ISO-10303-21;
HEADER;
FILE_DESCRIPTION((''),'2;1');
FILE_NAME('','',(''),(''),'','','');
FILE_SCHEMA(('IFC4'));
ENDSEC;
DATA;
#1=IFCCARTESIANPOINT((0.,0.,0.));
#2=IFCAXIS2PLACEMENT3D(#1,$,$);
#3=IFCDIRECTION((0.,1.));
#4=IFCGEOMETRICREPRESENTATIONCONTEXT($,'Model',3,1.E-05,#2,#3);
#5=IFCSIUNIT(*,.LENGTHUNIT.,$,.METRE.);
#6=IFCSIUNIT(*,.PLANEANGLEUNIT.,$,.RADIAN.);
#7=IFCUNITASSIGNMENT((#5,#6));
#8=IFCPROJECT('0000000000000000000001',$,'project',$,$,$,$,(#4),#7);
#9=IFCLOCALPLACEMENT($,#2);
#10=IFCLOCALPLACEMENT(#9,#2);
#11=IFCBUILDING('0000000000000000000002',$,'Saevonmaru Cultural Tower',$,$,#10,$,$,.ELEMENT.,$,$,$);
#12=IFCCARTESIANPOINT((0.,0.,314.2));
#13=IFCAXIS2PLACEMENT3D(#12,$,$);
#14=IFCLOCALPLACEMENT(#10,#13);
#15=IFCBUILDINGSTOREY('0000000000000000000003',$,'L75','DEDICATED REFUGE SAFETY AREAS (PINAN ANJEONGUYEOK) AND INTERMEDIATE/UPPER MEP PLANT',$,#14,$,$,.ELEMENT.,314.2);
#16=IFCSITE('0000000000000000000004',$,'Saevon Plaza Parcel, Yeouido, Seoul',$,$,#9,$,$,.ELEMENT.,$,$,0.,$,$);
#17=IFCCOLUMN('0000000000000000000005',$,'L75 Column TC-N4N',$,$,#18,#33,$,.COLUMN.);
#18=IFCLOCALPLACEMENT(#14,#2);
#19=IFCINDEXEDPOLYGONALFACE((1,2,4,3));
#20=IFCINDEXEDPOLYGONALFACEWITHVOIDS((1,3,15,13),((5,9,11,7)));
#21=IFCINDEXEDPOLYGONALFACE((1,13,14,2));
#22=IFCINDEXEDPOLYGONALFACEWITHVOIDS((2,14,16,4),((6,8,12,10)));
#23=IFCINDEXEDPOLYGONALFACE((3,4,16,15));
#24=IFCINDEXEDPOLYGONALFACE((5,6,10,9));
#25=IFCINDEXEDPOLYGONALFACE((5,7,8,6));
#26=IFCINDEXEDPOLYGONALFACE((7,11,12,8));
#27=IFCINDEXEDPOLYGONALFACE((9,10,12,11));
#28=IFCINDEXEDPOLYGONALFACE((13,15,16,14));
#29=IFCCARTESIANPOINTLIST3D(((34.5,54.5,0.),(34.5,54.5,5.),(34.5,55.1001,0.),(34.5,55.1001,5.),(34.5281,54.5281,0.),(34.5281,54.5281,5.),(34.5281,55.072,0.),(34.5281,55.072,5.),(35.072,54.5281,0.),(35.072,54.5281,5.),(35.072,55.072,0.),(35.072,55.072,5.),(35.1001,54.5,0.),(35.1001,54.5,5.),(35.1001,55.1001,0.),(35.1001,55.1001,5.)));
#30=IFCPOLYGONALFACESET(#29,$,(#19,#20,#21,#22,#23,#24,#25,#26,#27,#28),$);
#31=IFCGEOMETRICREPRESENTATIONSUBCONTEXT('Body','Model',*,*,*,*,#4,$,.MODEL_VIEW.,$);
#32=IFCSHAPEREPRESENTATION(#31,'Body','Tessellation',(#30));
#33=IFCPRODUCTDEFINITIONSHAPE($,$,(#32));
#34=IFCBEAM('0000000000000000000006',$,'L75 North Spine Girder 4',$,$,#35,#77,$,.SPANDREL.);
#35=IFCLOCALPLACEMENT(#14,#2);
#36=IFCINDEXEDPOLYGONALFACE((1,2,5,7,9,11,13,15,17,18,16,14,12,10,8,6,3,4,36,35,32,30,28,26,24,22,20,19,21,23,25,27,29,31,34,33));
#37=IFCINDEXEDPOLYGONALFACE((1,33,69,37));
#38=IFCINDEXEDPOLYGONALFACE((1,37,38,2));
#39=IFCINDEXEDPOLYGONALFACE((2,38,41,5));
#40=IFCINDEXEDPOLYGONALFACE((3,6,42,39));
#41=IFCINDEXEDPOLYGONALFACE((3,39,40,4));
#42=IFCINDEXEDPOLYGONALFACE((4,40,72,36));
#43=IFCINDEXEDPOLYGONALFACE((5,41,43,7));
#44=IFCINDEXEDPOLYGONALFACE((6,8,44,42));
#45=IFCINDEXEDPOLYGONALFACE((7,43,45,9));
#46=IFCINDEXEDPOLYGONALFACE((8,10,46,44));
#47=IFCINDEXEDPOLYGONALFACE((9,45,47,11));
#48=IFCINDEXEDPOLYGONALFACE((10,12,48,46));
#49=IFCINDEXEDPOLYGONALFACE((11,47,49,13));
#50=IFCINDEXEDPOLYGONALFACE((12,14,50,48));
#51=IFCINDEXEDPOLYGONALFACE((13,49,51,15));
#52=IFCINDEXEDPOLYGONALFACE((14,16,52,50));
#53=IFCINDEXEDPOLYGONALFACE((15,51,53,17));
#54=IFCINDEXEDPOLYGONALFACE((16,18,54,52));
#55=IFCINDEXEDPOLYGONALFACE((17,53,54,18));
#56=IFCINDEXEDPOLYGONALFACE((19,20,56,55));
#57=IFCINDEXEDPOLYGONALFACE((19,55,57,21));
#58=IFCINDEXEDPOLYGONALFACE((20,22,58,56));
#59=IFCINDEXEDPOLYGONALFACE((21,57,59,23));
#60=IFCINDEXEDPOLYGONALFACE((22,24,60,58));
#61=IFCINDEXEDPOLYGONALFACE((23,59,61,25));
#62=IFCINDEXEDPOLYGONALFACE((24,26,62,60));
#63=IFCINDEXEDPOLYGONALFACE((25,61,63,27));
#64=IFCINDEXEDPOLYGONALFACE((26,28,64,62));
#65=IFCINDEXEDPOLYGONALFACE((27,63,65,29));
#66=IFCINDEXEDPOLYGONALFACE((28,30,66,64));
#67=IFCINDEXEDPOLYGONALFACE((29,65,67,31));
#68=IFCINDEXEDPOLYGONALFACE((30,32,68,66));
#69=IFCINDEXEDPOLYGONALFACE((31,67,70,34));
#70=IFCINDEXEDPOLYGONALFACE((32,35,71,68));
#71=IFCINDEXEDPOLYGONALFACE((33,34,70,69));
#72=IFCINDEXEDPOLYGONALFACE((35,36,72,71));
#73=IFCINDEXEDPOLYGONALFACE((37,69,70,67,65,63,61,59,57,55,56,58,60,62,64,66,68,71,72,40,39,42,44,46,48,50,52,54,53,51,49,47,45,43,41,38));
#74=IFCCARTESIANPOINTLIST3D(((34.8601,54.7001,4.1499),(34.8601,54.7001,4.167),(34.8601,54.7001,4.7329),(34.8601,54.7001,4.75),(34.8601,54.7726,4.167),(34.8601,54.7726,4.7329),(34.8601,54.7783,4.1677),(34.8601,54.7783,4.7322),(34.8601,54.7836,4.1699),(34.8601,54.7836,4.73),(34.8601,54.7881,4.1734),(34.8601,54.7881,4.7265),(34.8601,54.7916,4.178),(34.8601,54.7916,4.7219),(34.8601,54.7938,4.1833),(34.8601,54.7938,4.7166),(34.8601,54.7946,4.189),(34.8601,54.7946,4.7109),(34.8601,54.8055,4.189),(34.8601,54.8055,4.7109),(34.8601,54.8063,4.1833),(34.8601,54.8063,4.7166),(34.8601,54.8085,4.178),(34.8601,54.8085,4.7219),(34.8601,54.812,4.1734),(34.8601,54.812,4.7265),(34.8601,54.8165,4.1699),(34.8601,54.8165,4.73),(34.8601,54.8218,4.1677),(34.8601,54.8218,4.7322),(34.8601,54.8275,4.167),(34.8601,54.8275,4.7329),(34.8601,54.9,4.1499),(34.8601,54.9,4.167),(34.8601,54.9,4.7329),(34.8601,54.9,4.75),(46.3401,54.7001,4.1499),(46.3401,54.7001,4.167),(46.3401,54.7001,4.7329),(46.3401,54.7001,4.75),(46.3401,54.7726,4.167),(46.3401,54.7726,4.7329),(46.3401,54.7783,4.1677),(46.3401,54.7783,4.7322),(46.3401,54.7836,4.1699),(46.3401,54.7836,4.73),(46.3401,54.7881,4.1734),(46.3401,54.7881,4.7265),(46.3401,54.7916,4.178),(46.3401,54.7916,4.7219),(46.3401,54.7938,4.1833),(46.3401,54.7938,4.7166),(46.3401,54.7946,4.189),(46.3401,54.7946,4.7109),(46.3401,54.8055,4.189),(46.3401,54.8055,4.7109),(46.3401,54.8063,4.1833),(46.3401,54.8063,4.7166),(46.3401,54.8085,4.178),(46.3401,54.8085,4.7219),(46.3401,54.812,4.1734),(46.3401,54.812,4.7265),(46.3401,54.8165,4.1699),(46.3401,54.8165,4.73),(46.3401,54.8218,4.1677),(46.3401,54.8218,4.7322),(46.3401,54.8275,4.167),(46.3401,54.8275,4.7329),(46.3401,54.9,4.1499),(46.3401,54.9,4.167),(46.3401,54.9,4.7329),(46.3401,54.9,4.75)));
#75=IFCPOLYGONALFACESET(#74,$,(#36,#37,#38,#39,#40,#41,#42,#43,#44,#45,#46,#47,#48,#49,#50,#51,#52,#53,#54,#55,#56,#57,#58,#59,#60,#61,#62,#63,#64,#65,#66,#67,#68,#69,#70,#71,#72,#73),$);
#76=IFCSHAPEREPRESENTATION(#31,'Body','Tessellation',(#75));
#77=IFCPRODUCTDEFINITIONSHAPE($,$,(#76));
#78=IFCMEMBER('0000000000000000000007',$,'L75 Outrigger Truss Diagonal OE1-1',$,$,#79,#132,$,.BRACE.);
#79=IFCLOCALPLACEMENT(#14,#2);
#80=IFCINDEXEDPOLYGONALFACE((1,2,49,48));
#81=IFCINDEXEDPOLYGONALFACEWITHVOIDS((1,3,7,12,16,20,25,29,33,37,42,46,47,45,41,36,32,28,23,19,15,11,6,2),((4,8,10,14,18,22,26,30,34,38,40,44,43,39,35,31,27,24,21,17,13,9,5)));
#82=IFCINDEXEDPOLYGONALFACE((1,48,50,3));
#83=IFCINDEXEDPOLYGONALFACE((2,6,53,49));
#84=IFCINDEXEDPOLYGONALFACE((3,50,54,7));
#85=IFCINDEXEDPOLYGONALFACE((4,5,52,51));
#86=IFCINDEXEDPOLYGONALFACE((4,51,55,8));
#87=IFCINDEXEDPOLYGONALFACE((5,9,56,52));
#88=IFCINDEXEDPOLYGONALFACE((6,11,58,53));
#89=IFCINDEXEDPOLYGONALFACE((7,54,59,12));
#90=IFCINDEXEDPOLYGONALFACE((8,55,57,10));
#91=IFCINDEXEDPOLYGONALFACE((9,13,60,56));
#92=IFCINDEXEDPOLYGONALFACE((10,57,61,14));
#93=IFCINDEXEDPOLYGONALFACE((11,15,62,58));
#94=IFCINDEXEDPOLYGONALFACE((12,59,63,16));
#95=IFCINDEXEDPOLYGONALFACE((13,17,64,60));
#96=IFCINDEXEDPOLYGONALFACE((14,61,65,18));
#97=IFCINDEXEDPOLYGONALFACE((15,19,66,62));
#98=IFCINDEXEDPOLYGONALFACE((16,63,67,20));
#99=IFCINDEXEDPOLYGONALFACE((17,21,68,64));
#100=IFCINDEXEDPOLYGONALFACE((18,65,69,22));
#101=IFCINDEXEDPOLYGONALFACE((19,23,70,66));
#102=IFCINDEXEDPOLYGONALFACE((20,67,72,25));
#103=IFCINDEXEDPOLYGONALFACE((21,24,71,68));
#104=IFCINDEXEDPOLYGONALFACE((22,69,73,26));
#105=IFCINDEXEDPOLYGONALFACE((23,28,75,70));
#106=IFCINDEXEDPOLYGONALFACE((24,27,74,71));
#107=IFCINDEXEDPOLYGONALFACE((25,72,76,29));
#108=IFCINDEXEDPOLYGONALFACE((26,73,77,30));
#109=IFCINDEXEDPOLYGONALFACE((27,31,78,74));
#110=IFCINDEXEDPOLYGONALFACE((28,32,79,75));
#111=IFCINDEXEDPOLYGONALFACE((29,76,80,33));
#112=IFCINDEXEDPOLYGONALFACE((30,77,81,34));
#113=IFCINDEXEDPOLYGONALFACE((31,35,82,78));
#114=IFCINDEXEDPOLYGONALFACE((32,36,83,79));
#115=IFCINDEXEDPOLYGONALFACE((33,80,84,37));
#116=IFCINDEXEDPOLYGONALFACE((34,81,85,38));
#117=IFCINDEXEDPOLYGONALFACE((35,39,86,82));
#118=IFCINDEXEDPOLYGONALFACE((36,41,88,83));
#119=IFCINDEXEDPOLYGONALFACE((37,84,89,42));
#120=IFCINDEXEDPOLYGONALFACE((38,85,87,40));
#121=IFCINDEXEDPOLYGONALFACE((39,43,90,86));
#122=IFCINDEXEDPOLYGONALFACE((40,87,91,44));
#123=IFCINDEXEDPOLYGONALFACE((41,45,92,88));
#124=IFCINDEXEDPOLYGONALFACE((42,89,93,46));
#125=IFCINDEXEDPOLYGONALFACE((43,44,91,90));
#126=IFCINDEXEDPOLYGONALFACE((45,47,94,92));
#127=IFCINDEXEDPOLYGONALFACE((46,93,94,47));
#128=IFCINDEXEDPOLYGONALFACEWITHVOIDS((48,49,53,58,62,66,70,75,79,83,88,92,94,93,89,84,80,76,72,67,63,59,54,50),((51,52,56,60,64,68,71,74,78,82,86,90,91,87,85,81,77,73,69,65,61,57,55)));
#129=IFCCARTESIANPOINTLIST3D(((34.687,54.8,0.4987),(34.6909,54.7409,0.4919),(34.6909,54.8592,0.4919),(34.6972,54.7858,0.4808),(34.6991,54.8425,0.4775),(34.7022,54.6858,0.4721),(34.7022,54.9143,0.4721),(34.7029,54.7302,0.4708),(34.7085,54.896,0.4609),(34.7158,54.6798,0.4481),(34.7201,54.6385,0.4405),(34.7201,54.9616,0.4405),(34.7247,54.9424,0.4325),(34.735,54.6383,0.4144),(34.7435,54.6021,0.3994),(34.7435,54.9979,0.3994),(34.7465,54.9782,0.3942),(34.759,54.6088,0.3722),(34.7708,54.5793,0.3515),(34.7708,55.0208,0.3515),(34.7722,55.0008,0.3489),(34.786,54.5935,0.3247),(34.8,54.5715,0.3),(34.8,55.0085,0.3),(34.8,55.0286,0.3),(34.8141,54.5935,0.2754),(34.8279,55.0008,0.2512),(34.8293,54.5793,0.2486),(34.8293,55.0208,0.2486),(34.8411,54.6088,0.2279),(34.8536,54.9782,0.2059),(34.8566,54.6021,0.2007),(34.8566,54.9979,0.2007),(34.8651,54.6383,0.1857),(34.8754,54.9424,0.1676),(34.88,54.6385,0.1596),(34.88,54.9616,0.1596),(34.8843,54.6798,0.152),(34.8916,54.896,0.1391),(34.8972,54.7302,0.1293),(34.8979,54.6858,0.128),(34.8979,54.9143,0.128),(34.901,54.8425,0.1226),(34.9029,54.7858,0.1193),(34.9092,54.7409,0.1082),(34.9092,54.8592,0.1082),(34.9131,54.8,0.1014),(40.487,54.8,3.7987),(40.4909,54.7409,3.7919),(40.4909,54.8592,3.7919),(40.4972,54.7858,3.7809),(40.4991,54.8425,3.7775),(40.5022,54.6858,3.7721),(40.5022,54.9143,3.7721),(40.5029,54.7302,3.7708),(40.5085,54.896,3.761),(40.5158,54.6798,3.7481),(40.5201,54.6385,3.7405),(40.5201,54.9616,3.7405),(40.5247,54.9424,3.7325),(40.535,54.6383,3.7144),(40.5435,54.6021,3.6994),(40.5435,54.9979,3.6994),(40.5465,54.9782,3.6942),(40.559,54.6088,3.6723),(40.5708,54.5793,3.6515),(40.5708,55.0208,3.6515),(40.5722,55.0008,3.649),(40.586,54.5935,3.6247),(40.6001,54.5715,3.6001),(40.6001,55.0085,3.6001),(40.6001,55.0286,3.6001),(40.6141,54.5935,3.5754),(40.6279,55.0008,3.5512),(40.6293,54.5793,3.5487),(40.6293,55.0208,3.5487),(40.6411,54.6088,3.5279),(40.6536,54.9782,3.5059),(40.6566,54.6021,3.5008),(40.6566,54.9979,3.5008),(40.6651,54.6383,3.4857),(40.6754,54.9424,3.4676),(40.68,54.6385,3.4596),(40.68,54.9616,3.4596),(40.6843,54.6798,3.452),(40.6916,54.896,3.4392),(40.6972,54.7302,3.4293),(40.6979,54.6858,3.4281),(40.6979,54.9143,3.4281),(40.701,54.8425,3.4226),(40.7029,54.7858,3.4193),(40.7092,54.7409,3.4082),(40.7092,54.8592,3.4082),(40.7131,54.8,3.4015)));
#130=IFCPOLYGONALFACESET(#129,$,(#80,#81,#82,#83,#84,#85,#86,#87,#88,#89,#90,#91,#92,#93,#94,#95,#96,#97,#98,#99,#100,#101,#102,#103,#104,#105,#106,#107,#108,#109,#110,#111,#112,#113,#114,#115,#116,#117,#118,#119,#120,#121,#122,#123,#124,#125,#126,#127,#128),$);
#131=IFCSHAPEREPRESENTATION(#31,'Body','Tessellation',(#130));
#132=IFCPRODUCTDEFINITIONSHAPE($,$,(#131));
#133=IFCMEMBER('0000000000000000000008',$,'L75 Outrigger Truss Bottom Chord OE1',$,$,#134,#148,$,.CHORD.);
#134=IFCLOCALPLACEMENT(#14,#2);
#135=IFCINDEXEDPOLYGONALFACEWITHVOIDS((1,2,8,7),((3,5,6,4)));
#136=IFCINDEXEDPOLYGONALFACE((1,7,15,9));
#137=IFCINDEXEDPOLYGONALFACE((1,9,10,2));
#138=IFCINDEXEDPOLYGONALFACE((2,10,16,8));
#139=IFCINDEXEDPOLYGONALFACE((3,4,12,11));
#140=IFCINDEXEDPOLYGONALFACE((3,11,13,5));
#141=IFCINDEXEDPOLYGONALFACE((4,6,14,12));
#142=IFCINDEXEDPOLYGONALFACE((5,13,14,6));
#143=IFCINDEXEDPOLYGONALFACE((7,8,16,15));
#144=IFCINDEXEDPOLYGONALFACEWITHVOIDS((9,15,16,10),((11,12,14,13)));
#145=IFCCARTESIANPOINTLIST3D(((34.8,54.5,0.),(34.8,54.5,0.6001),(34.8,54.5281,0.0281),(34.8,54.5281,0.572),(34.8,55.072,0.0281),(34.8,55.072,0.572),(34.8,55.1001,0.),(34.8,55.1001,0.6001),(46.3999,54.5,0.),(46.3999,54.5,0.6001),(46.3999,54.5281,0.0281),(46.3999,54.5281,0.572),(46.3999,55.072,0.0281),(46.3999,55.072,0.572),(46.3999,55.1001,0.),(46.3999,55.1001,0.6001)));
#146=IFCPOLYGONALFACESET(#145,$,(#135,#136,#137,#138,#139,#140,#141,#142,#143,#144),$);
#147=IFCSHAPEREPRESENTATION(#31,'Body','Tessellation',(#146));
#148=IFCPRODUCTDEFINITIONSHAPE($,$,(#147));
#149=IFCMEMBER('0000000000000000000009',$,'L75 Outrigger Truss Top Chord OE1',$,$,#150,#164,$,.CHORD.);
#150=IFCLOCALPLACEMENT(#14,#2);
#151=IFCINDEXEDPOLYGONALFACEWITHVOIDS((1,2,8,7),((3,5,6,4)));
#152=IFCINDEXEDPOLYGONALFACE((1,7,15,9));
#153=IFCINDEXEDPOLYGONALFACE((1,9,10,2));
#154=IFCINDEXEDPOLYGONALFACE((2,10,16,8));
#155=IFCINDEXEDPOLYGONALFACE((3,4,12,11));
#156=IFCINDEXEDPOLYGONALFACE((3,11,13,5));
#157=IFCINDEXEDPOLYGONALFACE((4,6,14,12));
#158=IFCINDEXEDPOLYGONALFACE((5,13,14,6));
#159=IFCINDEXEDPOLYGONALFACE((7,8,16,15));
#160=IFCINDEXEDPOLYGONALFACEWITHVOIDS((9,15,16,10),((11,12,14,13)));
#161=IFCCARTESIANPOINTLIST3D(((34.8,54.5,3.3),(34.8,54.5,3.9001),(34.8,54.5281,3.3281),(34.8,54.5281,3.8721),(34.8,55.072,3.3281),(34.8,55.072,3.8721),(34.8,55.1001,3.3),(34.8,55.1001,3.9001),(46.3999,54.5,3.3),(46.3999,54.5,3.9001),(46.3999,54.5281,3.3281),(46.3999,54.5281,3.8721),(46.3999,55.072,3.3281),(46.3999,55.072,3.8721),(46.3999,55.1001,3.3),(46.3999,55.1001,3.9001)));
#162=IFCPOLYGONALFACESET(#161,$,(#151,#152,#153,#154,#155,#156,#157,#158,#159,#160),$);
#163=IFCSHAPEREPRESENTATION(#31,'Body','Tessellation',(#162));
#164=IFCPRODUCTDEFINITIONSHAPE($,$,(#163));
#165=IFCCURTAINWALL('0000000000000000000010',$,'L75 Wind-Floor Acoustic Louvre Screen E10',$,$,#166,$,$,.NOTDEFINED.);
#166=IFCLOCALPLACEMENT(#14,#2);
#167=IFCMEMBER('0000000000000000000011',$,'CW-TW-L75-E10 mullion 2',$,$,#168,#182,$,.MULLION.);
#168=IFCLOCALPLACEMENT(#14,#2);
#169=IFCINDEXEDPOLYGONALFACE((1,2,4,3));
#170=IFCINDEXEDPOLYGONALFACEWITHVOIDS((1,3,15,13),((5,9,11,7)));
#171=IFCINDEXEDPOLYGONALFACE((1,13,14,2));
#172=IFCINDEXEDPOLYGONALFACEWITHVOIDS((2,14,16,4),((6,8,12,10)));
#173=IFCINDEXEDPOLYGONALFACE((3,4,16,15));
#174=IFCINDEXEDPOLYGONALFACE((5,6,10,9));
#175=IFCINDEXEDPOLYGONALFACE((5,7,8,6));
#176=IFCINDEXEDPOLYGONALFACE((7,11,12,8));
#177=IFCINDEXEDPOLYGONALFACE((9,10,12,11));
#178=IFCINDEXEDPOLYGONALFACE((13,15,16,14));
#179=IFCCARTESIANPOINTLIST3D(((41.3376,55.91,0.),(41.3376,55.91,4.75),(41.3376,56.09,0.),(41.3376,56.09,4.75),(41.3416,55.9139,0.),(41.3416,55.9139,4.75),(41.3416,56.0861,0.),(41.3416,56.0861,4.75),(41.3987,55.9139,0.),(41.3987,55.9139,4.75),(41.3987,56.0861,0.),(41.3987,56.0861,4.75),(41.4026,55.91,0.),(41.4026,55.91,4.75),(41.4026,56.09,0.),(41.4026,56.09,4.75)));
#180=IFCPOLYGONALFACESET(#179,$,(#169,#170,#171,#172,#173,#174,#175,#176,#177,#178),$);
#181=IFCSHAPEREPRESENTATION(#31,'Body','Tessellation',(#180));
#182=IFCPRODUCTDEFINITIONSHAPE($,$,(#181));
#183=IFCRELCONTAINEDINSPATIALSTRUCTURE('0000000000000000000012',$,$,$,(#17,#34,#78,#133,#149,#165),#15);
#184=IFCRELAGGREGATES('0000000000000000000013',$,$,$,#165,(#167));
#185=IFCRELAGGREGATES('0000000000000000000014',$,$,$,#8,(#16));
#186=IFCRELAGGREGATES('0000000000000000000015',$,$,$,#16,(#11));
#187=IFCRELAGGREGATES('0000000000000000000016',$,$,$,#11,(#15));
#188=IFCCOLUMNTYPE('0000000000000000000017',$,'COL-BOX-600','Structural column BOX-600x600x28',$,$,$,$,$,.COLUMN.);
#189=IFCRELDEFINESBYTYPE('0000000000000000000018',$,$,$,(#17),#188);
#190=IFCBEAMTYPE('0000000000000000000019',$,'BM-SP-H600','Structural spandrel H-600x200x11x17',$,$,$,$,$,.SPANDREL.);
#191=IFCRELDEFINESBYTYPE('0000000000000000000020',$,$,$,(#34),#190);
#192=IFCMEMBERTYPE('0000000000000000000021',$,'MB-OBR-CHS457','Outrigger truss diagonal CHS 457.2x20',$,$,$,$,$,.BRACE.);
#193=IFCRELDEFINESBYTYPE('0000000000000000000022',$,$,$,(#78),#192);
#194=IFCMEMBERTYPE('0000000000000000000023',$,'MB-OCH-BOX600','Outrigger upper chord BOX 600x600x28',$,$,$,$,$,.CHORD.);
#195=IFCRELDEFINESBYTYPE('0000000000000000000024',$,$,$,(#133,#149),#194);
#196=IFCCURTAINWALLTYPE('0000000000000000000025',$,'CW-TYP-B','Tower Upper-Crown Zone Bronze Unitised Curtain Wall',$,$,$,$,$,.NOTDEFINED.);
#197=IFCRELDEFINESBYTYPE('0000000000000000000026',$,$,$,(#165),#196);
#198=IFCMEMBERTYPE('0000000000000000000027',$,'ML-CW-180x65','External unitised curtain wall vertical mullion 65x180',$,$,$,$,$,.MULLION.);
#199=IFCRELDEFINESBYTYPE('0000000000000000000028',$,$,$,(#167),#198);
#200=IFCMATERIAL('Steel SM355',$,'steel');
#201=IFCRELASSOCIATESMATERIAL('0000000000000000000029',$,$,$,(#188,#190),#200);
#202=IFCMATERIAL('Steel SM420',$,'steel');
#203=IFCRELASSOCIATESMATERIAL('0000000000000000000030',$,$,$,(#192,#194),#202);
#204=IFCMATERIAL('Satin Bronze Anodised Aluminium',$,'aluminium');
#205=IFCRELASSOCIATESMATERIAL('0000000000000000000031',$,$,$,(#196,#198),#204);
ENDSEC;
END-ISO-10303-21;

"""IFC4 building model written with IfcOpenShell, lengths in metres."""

from ifc_helpers import new_model, si_unit, direction, frame, origin, origin_2d, place, context, subcontext, project, spatial, hollow_rectangle, hollow_circle, i_section, extrude, material, material_profile, profile_set, type_object, element, aggregate, save


model = new_model("IFC4")

# Units and contexts
model_context = context("Model", 3, precision=1e-05, world=origin(), true_north=direction((0.0, 1.0)))
body_context = subcontext(model_context, "Body", "Model", "MODEL_VIEW")
ifc_project = project(units=[si_unit("LENGTHUNIT", "METRE"), si_unit("PLANEANGLEUNIT", "RADIAN")], contexts=[model_context])

# Site, building, storey
site_placement = place(None, origin())
site = spatial("IfcSite", under=ifc_project, at=site_placement, Name="Saevon Plaza Parcel, Yeouido, Seoul", CompositionType="ELEMENT", RefElevation=0.0)
building_placement = place(site_placement, origin())
building = spatial("IfcBuilding", under=site, at=building_placement, Name="Saevonmaru Cultural Tower", CompositionType="ELEMENT")
storey_placement = place(building_placement, frame((0.0, 0.0, 314.2)))
storey = spatial("IfcBuildingStorey", under=building, at=storey_placement, Name="L75", Description="DEDICATED REFUGE SAFETY AREAS (PINAN ANJEONGUYEOK) AND INTERMEDIATE/UPPER MEP PLANT", CompositionType="ELEMENT", Elevation=314.2)

# Column
ifc_material_1 = material(Name="Steel SM355", Category="steel")
ifc_material_profile_1 = material_profile(ifc_material_1, hollow_rectangle(XDim=0.6001, YDim=0.6001, WallThickness=0.0281, at=origin_2d()), Name="BOX-600x600x28")
ifc_profile_set_1 = profile_set([ifc_material_profile_1], Name="Steel SM355")
column_type = type_object("IfcColumnType", Name="COL-BOX-600", Description="Structural column BOX-600x600x28", PredefinedType="COLUMN", material=ifc_profile_set_1)
column_placement = place(storey_placement, frame((34.8, 54.8, 0.0), z_axis=(0.0, 0.0, 1.0), x_axis=(1.0, 0.0, 0.0)))
element("IfcColumn", 1, at=column_placement, inside=storey, type_object=column_type, Name="L75 Column TC-N4N", PredefinedType="COLUMN", context=body_context, shape_type="SweptSolid", body=[
    extrude(hollow_rectangle(XDim=0.6001, YDim=0.6001, WallThickness=0.0281, at=origin_2d()), origin(), (0.0, 0.0, 1.0), 5.0),
])

# Beam
ifc_material_profile_2 = material_profile(ifc_material_1, i_section(OverallWidth=0.2, OverallDepth=0.6001, WebThickness=0.011, FlangeThickness=0.0171, FilletRadius=0.022, at=origin_2d()), Name="H-600x200x11x17")
ifc_profile_set_2 = profile_set([ifc_material_profile_2], Name="Steel SM355")
beam_type = type_object("IfcBeamType", Name="BM-SP-H600", Description="Structural spandrel H-600x200x11x17", PredefinedType="SPANDREL", material=ifc_profile_set_2)
beam_placement = place(storey_placement, frame((34.8601, 54.8, 4.45), z_axis=(1.0, 0.0, 0.0), x_axis=(0.0, 1.0, 0.0)))
element("IfcBeam", 2, at=beam_placement, inside=storey, type_object=beam_type, Name="L75 North Spine Girder 4", PredefinedType="SPANDREL", context=body_context, shape_type="SweptSolid", body=[
    extrude(i_section(OverallWidth=0.2, OverallDepth=0.6001, WebThickness=0.011, FlangeThickness=0.0171, FilletRadius=0.022, at=origin_2d()), origin(), (0.0, 0.0, 1.0), 11.48),
])

# Members
ifc_material_2 = material(Name="Steel SM420", Category="steel")
ifc_material_profile_3 = material_profile(ifc_material_2, hollow_circle(Radius=0.2285, WallThickness=0.02, at=origin_2d()), Name="CHS-457.2x20")
ifc_profile_set_3 = profile_set([ifc_material_profile_3], Name="Steel SM420")
member_type_1 = type_object("IfcMemberType", Name="MB-OBR-CHS457", Description="Outrigger truss diagonal CHS 457.2x20", PredefinedType="BRACE", material=ifc_profile_set_3)
member_1_placement = place(storey_placement, frame((34.8, 54.8, 0.3), z_axis=(0.869162, 0.0, 0.494527), x_axis=(0.0, 1.0, 0.0)))
element("IfcMember", 3, at=member_1_placement, inside=storey, type_object=member_type_1, Name="L75 Outrigger Truss Diagonal OE1-1", PredefinedType="BRACE", context=body_context, shape_type="SweptSolid", body=[
    extrude(hollow_circle(Radius=0.2285, WallThickness=0.02, at=origin_2d()), origin(), (0.0, 0.0, 1.0), 6.6731),
])
ifc_material_profile_4 = material_profile(ifc_material_2, hollow_rectangle(XDim=0.6001, YDim=0.6001, WallThickness=0.0281, at=origin_2d()), Name="BOX-600x600x28")
ifc_profile_set_4 = profile_set([ifc_material_profile_4], Name="Steel SM420")
member_type_2 = type_object("IfcMemberType", Name="MB-OCH-BOX600", Description="Outrigger upper chord BOX 600x600x28", PredefinedType="CHORD", material=ifc_profile_set_4)
for number, where, z_axis, x_axis, name in (
    (4, (34.8, 54.8, 0.3), (1.0, 0.0, 0.0), (0.0, 1.0, 0.0), "L75 Outrigger Truss Bottom Chord OE1"),
    (5, (34.8, 54.8, 3.6001), (1.0, 0.0, 0.0), (0.0, 1.0, 0.0), "L75 Outrigger Truss Top Chord OE1"),
):
    element("IfcMember", number, at=place(storey_placement, frame(where, z_axis=z_axis, x_axis=x_axis)), inside=storey, type_object=member_type_2, Name=name, PredefinedType="CHORD", context=body_context, shape_type="SweptSolid", body=[
        extrude(hollow_rectangle(XDim=0.6001, YDim=0.6001, WallThickness=0.0281, at=origin_2d()), origin(), (0.0, 0.0, 1.0), 11.5999),
    ])

# Curtain wall, member
ifc_material_3 = material(Name="Satin Bronze Anodised Aluminium", Category="aluminium")
curtain_wall_type = type_object("IfcCurtainWallType", Name="CW-TYP-B", Description="Tower Upper-Crown Zone Bronze Unitised Curtain Wall", PredefinedType="NOTDEFINED", material=ifc_material_3)
curtain_wall_placement = place(storey_placement, origin())
curtain_wall = element("IfcCurtainWall", 6, at=curtain_wall_placement, inside=storey, type_object=curtain_wall_type, Name="L75 Wind-Floor Acoustic Louvre Screen E10", PredefinedType="NOTDEFINED")
ifc_material_profile_5 = material_profile(ifc_material_3, hollow_rectangle(XDim=0.0649, YDim=0.1799, WallThickness=0.0039, at=origin_2d()), Name="ALU-MULL-180x65x4")
ifc_profile_set_5 = profile_set([ifc_material_profile_5], Name="Satin Bronze Anodised Aluminium")
member_type_3 = type_object("IfcMemberType", Name="ML-CW-180x65", Description="External unitised curtain wall vertical mullion 65x180", PredefinedType="MULLION", material=ifc_profile_set_5)
member_2_placement = place(storey_placement, frame((41.3701, 56.0, 0.0), z_axis=(0.0, 0.0, 1.0), x_axis=(-1.0, 0.0, 0.0)))
member_2 = element("IfcMember", 7, at=member_2_placement, type_object=member_type_3, Name="CW-TW-L75-E10 mullion 2", PredefinedType="MULLION", context=body_context, shape_type="SweptSolid", body=[
    extrude(hollow_rectangle(XDim=0.0649, YDim=0.1799, WallThickness=0.0039, at=origin_2d()), origin(), (0.0, 0.0, 1.0), 4.75),
])

aggregate(curtain_wall, [member_2])

save(model, "model.ifc")
